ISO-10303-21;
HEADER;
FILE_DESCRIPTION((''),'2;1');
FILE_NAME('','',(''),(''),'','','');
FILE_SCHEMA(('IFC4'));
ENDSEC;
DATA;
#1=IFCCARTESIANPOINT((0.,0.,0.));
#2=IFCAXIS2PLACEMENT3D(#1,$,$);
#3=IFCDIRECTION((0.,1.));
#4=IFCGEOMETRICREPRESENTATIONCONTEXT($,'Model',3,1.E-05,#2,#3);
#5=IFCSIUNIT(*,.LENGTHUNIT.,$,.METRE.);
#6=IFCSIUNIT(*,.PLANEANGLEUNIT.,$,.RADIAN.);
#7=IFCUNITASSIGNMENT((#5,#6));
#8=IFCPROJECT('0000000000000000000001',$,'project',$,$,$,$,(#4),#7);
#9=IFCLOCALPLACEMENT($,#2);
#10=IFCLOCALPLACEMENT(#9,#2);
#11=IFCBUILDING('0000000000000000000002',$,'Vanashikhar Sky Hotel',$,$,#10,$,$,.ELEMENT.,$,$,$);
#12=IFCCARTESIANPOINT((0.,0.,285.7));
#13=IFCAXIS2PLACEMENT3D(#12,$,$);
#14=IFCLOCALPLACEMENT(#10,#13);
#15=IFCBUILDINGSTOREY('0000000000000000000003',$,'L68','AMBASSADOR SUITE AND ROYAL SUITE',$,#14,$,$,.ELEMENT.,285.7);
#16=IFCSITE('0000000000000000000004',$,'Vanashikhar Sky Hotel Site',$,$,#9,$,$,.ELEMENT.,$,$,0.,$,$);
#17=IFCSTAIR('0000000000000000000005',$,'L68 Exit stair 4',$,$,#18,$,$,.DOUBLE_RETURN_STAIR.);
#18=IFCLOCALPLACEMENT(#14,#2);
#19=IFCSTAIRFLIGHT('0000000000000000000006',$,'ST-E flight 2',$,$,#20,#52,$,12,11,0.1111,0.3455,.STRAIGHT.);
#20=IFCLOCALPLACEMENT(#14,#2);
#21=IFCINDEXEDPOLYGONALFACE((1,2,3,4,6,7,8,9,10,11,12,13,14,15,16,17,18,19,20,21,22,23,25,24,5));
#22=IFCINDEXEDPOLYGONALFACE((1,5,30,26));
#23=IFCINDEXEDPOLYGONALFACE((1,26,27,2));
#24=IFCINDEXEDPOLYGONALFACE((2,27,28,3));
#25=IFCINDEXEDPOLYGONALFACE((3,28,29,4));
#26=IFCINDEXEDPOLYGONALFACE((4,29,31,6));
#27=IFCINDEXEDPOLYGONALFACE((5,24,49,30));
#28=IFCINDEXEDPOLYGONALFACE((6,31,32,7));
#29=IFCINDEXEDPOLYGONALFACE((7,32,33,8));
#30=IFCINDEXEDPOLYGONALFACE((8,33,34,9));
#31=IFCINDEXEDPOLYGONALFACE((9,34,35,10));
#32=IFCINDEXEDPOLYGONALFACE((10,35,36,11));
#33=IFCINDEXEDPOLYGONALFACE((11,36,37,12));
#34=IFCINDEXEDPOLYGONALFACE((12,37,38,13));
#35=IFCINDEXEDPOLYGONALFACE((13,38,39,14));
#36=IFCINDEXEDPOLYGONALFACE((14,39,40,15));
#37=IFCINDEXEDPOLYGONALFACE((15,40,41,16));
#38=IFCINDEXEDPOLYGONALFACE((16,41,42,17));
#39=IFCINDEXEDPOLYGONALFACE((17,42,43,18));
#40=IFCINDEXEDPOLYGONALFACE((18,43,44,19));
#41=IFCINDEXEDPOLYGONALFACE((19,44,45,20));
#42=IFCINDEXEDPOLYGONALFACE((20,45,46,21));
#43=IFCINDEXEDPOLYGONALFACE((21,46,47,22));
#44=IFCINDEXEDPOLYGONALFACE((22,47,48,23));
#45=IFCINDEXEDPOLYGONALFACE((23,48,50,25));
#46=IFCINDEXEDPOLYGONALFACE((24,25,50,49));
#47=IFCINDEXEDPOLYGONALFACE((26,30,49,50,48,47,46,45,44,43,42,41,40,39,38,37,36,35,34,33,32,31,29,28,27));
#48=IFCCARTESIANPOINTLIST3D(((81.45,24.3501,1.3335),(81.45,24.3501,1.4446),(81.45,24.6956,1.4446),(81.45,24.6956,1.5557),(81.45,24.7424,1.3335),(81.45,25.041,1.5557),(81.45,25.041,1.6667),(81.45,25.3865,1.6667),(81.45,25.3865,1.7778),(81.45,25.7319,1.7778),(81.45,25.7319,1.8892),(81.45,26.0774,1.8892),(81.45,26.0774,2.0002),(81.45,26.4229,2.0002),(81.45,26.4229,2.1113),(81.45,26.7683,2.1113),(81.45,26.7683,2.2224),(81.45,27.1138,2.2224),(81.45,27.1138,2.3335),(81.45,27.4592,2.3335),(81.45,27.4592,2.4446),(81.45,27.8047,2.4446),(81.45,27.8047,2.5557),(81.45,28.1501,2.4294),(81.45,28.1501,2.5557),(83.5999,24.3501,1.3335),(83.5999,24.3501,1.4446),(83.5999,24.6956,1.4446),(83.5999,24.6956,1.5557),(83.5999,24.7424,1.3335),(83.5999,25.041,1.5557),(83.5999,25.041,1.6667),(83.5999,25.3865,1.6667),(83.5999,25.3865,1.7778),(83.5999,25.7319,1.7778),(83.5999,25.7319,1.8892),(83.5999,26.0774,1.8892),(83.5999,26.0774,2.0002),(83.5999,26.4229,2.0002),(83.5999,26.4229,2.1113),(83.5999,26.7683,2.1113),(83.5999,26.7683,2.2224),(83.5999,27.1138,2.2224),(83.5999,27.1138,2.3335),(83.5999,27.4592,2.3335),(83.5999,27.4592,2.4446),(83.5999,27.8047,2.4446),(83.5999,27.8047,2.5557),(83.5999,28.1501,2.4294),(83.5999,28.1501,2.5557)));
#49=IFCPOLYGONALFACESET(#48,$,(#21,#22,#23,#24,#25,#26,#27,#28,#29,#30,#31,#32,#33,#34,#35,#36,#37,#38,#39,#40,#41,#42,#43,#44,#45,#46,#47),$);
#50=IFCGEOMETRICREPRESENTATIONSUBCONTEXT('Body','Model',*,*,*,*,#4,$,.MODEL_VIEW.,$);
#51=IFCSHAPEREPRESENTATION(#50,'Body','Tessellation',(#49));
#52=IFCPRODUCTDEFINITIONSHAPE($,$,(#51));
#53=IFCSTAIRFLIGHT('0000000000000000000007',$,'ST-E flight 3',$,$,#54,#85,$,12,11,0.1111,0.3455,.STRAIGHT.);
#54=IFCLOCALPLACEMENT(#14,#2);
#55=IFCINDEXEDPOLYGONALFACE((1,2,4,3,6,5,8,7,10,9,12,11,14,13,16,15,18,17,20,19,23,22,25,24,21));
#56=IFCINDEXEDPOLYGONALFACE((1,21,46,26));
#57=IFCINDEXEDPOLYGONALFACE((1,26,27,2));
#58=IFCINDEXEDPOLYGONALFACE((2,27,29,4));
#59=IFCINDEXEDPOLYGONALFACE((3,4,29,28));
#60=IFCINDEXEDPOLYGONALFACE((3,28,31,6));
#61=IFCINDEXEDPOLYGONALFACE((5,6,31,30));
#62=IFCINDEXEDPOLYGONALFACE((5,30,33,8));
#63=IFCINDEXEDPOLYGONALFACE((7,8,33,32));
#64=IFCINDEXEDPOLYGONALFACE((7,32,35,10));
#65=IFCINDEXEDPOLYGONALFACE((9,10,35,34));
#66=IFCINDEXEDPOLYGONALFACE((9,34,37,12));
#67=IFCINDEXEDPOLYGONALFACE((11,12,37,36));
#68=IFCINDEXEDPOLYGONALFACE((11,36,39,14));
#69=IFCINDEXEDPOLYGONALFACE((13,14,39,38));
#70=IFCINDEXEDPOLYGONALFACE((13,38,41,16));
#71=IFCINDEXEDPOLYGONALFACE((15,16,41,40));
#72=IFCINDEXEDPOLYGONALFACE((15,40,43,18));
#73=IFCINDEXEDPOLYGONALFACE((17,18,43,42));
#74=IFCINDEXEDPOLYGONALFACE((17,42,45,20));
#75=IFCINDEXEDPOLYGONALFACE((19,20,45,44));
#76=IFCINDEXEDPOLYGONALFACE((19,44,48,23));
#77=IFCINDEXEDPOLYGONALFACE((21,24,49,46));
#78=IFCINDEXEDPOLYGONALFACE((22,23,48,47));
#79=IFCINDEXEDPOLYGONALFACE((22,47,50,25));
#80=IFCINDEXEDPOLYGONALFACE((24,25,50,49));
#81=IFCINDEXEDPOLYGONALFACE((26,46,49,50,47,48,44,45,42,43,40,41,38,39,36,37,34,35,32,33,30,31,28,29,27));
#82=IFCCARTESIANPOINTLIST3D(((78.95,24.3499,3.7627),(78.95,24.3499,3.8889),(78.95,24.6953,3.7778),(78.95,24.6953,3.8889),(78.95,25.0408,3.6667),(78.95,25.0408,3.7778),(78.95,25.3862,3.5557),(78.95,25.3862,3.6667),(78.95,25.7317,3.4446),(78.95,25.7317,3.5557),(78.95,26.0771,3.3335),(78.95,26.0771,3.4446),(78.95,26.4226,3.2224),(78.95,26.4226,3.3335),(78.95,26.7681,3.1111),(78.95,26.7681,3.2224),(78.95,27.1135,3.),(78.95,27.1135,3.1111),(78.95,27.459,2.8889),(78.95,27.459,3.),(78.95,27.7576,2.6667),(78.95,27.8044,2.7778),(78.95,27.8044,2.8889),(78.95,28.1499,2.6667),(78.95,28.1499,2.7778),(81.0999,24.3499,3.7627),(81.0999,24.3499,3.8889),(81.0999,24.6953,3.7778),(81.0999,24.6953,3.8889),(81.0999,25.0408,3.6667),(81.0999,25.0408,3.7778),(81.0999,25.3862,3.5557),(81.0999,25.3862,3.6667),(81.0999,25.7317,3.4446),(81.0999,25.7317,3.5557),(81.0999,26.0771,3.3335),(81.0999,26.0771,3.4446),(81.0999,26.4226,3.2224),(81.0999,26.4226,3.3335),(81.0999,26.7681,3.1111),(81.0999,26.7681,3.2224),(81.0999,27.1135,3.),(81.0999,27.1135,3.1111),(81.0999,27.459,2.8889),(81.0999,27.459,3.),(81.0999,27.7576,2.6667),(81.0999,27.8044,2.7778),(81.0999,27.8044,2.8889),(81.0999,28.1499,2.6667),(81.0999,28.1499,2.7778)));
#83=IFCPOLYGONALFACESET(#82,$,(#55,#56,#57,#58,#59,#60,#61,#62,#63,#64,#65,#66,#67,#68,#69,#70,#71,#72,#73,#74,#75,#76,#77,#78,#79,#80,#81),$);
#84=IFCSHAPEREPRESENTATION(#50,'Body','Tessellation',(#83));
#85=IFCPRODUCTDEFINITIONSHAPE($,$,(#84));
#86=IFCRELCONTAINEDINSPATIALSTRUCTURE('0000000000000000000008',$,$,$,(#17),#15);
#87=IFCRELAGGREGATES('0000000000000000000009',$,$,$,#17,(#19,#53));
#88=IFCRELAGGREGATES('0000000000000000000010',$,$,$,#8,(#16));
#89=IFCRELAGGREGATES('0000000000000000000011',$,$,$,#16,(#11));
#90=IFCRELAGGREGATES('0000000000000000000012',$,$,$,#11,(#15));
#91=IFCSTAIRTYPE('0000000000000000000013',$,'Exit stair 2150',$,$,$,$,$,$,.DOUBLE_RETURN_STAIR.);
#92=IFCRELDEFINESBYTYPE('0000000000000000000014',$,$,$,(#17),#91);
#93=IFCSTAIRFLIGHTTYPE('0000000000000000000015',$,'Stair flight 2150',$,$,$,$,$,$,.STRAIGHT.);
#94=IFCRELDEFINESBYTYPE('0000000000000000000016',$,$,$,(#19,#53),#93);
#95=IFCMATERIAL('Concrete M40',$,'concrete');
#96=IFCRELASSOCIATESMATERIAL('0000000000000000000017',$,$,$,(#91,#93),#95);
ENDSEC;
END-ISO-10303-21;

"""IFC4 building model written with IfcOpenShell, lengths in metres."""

from ifc_helpers import new_model, si_unit, direction, frame, origin, place, context, subcontext, project, spatial, polyline, outline, extrude, source, transform, mapped, material, type_object, element, aggregate, save


model = new_model("IFC4")

# Units and contexts
model_context = context("Model", 3, precision=1e-05, world=origin(), true_north=direction((0.0, 1.0)))
body_context = subcontext(model_context, "Body", "Model", "MODEL_VIEW")
ifc_project = project(units=[si_unit("LENGTHUNIT", "METRE"), si_unit("PLANEANGLEUNIT", "RADIAN")], contexts=[model_context])

# Site, building, storey
site_placement = place(None, origin())
site = spatial("IfcSite", under=ifc_project, at=site_placement, Name="Vanashikhar Sky Hotel Site", CompositionType="ELEMENT", RefElevation=0.0)
building_placement = place(site_placement, origin())
building = spatial("IfcBuilding", under=site, at=building_placement, Name="Vanashikhar Sky Hotel", CompositionType="ELEMENT")
storey_placement = place(building_placement, frame((0.0, 0.0, 285.7)))
storey = spatial("IfcBuildingStorey", under=building, at=storey_placement, Name="L68", Description="AMBASSADOR SUITE AND ROYAL SUITE", CompositionType="ELEMENT", Elevation=285.7)

# Shared definitions
ifc_material_1 = material(Name="Concrete M40", Category="concrete")
stair_type = type_object("IfcStairType", Name="Exit stair 2150", PredefinedType="DOUBLE_RETURN_STAIR", material=ifc_material_1)
stair_flight_type = type_object("IfcStairFlightType", Name="Stair flight 2150", PredefinedType="STRAIGHT", material=ifc_material_1)
shared_shape_1 = source(origin(), body_context, "Body", "SweptSolid", [
    extrude(outline(polyline([(0.0, 0.0), (0.0, 0.1111), (0.3455, 0.1111), (0.3455, 0.2222), (0.6909, 0.2222), (0.6909, 0.3333), (1.0364, 0.3333), (1.0364, 0.4443), (1.3818, 0.4443), (1.3818, 0.5557), (1.7273, 0.5557), (1.7273, 0.6667), (2.0728, 0.6667), (2.0728, 0.7778), (2.4182, 0.7778), (2.4182, 0.8889), (2.7637, 0.8889), (2.7637, 1.0), (3.1091, 1.0), (3.1091, 1.1111), (3.4546, 1.1111), (3.4546, 1.2222), (3.8, 1.2222), (3.8, 1.3333), (3.8, 1.0959), (0.3923, 0.0), (0.0, 0.0)])), frame((0.0, 1.075, 0.0), z_axis=(0.0, -1.0, 0.0), x_axis=(1.0, 0.0, 0.0)), (0.0, 0.0, 1.0), 2.1499),
])

# Stair, stair flights
stair_1_placement = place(storey_placement, origin())
stair_1 = element("IfcStair", 1, at=stair_1_placement, inside=storey, type_object=stair_type, Name="L68 Exit stair 4", PredefinedType="DOUBLE_RETURN_STAIR")
stair_flight_1_placement = place(storey_placement, frame((82.5249, 24.3501, 1.3335), z_axis=(0.0, 0.0, 1.0), x_axis=(0.0, 1.0, 0.0)))
stair_flight_1 = element("IfcStairFlight", 2, at=stair_flight_1_placement, type_object=stair_flight_type, Name="ST-E flight 2", NumberOfRisers=12, NumberOfTreads=11, PredefinedType="STRAIGHT", RiserHeight=0.1111, TreadLength=0.3455, context=body_context, shape_type="MappedRepresentation", body=[
    mapped(shared_shape_1, transform((0.0, 0.0, 0.0), scale=1.0)),
])
stair_flight_2_placement = place(storey_placement, frame((80.0249, 28.1499, 2.6667), z_axis=(0.0, 0.0, 1.0), x_axis=(0.0, -1.0, 0.0)))
stair_flight_2 = element("IfcStairFlight", 3, at=stair_flight_2_placement, type_object=stair_flight_type, Name="ST-E flight 3", NumberOfRisers=12, NumberOfTreads=11, PredefinedType="STRAIGHT", RiserHeight=0.1111, TreadLength=0.3455, context=body_context, shape_type="MappedRepresentation", body=[
    mapped(shared_shape_1, transform((0.0, 0.0, 0.0), scale=1.0)),
])
aggregate(stair_1, [stair_flight_1, stair_flight_2])

save(model, "model.ifc")
